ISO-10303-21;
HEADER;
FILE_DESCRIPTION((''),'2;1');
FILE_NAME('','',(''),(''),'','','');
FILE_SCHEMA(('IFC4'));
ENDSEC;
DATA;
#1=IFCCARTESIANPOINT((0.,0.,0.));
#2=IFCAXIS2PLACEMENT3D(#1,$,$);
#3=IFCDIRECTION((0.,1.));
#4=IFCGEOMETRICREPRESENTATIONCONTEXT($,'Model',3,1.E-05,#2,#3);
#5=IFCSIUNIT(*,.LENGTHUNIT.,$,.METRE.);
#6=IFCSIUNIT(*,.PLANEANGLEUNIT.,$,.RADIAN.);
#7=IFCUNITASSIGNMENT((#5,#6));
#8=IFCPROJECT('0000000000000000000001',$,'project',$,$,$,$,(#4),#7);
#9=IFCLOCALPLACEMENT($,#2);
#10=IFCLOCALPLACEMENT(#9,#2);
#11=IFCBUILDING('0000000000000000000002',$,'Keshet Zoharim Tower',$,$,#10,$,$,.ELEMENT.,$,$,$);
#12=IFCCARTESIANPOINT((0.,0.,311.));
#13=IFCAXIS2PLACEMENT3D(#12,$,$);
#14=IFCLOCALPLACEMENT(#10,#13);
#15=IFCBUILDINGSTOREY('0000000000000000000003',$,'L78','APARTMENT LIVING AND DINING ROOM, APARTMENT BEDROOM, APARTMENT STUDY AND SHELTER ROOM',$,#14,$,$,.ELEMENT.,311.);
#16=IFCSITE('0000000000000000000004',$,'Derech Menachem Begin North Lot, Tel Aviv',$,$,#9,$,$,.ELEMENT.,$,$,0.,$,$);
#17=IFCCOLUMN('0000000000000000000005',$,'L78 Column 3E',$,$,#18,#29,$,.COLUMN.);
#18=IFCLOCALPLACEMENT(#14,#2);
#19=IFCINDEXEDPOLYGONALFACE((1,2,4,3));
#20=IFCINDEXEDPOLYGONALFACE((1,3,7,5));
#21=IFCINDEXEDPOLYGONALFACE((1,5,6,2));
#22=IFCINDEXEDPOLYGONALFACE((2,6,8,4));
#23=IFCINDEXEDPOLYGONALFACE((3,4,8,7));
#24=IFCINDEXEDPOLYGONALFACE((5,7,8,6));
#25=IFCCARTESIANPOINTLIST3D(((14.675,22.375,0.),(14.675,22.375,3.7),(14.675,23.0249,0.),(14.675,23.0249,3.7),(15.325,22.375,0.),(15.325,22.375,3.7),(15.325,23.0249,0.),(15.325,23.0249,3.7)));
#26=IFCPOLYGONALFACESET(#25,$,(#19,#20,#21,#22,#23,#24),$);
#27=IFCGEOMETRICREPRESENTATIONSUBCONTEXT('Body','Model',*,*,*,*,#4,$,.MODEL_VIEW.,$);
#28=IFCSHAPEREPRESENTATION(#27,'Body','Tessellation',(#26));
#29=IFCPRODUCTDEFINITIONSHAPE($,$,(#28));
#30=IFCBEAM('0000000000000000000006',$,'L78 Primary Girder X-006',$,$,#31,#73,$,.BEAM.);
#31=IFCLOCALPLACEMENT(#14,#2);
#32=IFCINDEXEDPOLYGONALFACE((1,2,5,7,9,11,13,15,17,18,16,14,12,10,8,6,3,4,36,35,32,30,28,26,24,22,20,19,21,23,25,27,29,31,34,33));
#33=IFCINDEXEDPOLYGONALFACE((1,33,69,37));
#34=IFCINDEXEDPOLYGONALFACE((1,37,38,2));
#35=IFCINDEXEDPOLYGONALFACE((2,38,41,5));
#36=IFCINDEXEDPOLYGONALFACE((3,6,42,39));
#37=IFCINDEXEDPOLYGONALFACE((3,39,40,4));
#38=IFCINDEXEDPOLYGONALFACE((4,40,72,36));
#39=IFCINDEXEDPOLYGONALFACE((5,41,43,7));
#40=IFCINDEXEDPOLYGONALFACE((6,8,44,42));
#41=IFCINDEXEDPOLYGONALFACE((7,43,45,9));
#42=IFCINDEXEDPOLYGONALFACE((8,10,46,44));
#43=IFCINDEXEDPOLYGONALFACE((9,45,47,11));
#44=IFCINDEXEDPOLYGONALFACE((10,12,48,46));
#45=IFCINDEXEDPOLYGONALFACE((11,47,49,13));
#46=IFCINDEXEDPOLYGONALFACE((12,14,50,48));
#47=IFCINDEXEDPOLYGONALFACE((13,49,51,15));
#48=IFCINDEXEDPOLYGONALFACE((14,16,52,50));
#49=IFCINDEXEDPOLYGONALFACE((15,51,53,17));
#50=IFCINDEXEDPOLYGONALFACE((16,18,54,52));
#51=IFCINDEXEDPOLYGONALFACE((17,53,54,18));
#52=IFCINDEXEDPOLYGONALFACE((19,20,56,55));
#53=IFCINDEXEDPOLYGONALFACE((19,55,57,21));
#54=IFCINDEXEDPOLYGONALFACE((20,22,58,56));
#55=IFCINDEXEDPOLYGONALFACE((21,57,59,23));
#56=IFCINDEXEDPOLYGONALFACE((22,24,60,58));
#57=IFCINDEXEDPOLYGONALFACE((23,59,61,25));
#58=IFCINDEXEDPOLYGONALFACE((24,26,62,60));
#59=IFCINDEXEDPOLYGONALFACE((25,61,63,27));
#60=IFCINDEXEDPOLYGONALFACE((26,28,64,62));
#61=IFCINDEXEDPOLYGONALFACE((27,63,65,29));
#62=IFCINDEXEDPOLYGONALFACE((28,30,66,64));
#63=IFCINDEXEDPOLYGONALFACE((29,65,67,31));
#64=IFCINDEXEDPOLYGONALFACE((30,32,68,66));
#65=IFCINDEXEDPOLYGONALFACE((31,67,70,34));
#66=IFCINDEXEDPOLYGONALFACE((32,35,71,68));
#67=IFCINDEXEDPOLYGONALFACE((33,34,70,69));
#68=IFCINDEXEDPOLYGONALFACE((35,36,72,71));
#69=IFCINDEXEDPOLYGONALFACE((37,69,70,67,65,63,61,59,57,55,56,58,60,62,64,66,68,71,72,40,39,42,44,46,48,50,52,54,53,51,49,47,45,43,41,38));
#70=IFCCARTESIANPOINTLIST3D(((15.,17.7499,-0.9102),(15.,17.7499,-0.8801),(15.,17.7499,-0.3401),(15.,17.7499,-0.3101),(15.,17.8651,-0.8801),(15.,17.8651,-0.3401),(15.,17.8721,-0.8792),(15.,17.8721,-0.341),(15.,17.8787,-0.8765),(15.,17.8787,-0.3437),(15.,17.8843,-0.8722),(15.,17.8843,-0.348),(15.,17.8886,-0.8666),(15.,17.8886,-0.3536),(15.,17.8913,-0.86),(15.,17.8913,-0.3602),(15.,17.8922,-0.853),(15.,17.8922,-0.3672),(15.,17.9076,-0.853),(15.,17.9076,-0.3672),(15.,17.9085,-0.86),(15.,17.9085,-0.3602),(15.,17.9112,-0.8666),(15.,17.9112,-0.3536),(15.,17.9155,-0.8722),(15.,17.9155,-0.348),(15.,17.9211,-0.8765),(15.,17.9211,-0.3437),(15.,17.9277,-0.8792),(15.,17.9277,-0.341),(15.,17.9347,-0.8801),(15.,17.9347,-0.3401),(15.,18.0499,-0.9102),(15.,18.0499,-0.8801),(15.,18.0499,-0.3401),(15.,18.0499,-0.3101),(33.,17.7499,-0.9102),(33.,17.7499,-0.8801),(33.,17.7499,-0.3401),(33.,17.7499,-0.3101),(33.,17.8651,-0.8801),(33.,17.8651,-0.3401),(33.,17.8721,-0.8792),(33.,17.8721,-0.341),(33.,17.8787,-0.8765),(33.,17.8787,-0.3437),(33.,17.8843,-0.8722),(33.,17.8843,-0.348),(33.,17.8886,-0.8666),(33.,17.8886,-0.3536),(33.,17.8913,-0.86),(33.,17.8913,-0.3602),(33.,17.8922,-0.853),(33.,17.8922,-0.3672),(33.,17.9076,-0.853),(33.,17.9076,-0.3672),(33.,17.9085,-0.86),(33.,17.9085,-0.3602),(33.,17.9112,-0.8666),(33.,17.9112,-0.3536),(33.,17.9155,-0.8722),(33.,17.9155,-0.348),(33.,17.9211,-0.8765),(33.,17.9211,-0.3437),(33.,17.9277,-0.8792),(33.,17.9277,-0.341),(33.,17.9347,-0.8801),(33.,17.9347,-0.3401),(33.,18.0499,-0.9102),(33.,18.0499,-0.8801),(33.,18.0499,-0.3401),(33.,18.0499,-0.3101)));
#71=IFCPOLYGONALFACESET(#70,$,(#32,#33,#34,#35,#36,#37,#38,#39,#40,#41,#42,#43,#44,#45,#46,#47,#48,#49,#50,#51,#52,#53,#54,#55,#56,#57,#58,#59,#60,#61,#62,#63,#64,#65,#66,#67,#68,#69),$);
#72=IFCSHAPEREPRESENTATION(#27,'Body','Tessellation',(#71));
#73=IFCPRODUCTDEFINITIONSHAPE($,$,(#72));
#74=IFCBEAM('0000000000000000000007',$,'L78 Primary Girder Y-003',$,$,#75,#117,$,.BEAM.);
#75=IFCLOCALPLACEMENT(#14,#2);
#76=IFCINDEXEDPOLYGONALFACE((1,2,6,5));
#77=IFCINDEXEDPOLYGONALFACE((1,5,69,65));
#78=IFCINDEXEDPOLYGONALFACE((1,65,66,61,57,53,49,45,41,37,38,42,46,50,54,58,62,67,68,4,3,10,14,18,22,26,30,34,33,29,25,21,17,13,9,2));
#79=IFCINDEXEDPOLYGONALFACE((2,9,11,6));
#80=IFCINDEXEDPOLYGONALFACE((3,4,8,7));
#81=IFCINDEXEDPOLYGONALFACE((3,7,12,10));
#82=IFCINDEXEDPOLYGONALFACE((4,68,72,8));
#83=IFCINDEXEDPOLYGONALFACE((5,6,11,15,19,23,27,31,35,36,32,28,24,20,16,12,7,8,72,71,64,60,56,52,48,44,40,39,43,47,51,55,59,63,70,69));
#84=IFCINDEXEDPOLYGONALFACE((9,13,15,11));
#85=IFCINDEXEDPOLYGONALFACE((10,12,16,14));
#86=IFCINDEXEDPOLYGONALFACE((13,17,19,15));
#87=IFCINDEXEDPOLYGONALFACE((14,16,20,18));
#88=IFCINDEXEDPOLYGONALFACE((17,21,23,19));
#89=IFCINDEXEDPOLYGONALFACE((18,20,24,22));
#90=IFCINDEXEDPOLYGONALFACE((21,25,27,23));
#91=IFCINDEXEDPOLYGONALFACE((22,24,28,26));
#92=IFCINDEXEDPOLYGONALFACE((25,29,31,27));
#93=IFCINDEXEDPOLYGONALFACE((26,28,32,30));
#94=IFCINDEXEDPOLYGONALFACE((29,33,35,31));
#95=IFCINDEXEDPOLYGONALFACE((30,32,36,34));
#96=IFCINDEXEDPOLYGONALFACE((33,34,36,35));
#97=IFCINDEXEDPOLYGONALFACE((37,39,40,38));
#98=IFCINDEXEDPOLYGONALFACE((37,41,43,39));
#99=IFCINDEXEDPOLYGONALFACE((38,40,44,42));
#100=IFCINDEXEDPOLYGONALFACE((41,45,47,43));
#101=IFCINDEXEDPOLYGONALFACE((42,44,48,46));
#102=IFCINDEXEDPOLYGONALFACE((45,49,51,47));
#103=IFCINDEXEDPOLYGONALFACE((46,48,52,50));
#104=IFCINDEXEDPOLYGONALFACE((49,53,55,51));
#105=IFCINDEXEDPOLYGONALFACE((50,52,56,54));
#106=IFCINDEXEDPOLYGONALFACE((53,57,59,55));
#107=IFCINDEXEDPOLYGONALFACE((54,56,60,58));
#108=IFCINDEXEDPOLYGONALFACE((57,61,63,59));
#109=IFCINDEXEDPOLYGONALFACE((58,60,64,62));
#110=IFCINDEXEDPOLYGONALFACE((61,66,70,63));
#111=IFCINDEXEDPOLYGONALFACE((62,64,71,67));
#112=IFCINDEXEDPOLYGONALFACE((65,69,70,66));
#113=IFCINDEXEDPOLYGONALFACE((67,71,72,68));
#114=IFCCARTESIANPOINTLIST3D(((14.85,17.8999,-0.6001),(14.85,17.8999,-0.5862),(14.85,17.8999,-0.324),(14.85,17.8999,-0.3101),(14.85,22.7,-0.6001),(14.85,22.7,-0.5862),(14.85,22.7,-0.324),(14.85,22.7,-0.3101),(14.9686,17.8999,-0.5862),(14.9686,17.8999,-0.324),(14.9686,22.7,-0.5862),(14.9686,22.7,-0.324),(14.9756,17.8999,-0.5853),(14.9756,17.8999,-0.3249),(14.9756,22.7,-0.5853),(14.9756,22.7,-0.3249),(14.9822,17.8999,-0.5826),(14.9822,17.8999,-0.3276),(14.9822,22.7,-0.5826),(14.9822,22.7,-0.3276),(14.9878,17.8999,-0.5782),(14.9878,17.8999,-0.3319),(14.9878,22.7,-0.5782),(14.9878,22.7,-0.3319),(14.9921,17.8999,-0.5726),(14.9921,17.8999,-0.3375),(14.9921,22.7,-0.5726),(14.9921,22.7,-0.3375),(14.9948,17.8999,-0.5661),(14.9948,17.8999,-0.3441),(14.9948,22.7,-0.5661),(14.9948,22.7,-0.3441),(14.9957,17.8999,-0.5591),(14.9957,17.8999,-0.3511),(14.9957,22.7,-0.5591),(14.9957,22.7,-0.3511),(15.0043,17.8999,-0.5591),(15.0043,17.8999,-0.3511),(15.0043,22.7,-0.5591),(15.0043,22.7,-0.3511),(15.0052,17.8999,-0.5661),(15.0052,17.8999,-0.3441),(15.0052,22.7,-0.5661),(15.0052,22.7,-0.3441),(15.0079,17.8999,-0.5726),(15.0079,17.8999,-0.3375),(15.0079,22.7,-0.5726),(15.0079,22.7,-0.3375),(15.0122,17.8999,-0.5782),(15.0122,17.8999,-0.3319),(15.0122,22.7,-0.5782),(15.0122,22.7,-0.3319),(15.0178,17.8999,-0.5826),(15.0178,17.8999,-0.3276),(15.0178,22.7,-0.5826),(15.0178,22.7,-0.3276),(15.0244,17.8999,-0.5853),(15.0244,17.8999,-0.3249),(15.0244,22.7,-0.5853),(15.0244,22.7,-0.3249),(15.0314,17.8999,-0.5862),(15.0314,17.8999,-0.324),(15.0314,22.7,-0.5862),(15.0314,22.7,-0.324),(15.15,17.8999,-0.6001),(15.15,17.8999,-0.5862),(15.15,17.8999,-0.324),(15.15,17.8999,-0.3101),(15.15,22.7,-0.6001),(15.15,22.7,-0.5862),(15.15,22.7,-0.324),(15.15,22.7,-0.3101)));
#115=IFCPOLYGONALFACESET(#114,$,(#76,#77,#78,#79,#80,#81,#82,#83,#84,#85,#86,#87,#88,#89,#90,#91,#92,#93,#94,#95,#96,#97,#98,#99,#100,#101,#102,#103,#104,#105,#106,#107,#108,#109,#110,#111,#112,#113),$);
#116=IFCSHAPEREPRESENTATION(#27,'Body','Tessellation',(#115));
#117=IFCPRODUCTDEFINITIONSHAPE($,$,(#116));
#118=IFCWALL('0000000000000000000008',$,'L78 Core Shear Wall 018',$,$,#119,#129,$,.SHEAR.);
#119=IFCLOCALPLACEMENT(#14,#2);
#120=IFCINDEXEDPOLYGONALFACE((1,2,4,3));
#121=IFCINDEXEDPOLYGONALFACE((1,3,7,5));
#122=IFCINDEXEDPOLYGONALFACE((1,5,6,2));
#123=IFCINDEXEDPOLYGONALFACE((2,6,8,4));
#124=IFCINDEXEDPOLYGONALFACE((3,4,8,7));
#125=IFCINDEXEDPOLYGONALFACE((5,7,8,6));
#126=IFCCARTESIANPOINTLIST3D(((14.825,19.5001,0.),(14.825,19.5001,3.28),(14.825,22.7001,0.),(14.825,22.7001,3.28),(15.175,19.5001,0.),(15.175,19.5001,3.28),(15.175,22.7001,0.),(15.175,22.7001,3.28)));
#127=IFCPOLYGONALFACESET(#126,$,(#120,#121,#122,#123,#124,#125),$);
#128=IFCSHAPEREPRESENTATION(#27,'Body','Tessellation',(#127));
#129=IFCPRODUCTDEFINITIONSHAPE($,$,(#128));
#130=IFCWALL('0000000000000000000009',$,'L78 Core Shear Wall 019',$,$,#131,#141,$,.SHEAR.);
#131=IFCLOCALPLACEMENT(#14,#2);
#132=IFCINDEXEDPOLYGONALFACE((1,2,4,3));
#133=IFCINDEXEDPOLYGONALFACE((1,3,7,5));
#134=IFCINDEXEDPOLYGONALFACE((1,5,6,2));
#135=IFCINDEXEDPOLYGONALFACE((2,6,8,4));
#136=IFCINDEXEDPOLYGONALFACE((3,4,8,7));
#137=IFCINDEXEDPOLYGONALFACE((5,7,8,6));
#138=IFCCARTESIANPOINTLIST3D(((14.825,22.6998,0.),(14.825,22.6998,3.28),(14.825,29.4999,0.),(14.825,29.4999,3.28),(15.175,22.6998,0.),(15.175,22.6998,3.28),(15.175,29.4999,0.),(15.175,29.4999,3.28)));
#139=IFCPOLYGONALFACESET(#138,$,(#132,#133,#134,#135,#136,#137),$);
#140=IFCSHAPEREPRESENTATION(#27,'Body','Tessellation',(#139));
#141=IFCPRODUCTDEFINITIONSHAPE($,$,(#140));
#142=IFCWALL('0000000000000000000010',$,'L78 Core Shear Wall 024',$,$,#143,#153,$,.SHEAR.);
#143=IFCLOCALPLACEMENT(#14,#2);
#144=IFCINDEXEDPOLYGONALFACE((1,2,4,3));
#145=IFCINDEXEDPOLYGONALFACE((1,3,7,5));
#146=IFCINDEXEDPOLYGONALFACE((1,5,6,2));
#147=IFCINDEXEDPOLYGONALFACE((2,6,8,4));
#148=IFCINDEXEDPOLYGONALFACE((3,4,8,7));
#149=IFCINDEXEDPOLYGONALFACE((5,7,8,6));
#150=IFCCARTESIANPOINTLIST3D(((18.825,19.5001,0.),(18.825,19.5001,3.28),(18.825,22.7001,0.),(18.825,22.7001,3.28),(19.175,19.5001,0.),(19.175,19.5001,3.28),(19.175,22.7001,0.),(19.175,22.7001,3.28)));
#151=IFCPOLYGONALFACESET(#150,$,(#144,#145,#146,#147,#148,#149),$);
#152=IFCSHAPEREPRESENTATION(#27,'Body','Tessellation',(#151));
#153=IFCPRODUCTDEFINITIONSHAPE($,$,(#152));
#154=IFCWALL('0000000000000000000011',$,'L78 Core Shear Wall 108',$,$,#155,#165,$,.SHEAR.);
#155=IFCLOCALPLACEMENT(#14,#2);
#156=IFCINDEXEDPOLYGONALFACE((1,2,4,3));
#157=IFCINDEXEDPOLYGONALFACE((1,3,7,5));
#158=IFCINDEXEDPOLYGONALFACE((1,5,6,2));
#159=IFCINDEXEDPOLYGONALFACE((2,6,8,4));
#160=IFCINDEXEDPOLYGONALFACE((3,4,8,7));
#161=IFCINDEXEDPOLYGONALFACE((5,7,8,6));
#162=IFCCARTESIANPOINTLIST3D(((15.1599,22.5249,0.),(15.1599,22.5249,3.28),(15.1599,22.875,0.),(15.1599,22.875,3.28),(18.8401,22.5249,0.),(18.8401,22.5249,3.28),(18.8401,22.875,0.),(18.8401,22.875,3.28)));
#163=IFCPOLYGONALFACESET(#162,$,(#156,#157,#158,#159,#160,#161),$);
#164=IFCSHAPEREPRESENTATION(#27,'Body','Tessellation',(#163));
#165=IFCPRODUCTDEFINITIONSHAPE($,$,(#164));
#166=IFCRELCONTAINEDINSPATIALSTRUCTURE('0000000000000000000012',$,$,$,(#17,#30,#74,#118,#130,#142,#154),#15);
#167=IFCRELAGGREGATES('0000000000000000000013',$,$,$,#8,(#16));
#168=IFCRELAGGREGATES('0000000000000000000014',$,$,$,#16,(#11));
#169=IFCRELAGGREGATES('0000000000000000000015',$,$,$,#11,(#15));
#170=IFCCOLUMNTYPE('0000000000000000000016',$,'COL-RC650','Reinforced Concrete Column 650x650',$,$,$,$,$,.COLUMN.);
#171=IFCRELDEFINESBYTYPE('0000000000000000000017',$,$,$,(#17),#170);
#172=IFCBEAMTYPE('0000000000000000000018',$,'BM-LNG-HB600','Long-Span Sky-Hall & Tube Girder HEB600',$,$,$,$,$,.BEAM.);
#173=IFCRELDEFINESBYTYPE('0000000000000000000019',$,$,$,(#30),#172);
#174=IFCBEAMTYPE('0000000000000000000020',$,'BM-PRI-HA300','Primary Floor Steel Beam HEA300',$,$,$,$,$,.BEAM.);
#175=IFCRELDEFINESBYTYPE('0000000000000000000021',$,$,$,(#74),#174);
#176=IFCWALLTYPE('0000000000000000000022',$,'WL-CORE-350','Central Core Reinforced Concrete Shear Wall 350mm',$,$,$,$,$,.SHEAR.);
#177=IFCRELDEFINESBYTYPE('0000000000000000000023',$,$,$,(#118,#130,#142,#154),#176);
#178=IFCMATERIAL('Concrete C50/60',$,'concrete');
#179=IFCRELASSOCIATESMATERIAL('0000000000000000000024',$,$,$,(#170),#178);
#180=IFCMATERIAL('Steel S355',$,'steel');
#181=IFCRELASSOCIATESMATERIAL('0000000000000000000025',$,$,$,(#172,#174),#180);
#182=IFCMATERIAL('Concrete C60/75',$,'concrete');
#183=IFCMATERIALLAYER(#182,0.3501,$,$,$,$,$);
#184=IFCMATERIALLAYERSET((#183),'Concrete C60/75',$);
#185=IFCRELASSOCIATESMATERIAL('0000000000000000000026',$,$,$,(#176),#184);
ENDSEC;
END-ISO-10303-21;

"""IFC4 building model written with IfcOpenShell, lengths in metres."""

from ifc_helpers import new_model, si_unit, direction, frame, frame_2d, origin, origin_2d, place, context, subcontext, project, spatial, rectangle, i_section, extrude, material, layer, layer_set, material_profile, profile_set, type_object, element, save


model = new_model("IFC4")

# Units and contexts
model_context = context("Model", 3, precision=1e-05, world=origin(), true_north=direction((0.0, 1.0)))
body_context = subcontext(model_context, "Body", "Model", "MODEL_VIEW")
ifc_project = project(units=[si_unit("LENGTHUNIT", "METRE"), si_unit("PLANEANGLEUNIT", "RADIAN")], contexts=[model_context])

# Site, building, storey
site_placement = place(None, origin())
site = spatial("IfcSite", under=ifc_project, at=site_placement, Name="Derech Menachem Begin North Lot, Tel Aviv", CompositionType="ELEMENT", RefElevation=0.0)
building_placement = place(site_placement, origin())
building = spatial("IfcBuilding", under=site, at=building_placement, Name="Keshet Zoharim Tower", CompositionType="ELEMENT")
storey_placement = place(building_placement, frame((0.0, 0.0, 311.0)))
storey = spatial("IfcBuildingStorey", under=building, at=storey_placement, Name="L78", Description="APARTMENT LIVING AND DINING ROOM, APARTMENT BEDROOM, APARTMENT STUDY AND SHELTER ROOM", CompositionType="ELEMENT", Elevation=311.0)

# Column
ifc_material_1 = material(Name="Concrete C50/60", Category="concrete")
ifc_material_profile_1 = material_profile(ifc_material_1, rectangle(XDim=0.6499, YDim=0.6499, at=origin_2d()), Name="RC650x650")
ifc_profile_set_1 = profile_set([ifc_material_profile_1], Name="Concrete C50/60")
column_type = type_object("IfcColumnType", Name="COL-RC650", Description="Reinforced Concrete Column 650x650", PredefinedType="COLUMN", material=ifc_profile_set_1)
column_placement = place(storey_placement, frame((15.0, 22.7, 0.0), z_axis=(0.0, 0.0, 1.0), x_axis=(1.0, 0.0, 0.0)))
element("IfcColumn", 1, at=column_placement, inside=storey, type_object=column_type, Name="L78 Column 3E", PredefinedType="COLUMN", context=body_context, shape_type="SweptSolid", body=[
    extrude(rectangle(XDim=0.6499, YDim=0.6499, at=origin_2d()), origin(), (0.0, 0.0, 1.0), 3.7),
])

# Beams
ifc_material_2 = material(Name="Steel S355", Category="steel")
ifc_material_profile_2 = material_profile(ifc_material_2, i_section(OverallWidth=0.3, OverallDepth=0.6001, WebThickness=0.0154, FlangeThickness=0.03, FilletRadius=0.0271, at=origin_2d()), Name="HEB600")
ifc_profile_set_2 = profile_set([ifc_material_profile_2], Name="Steel S355")
beam_type_1 = type_object("IfcBeamType", Name="BM-LNG-HB600", Description="Long-Span Sky-Hall & Tube Girder HEB600", PredefinedType="BEAM", material=ifc_profile_set_2)
beam_1_placement = place(storey_placement, frame((15.0, 17.8999, -0.6101), z_axis=(1.0, 0.0, 0.0), x_axis=(0.0, 1.0, 0.0)))
element("IfcBeam", 2, at=beam_1_placement, inside=storey, type_object=beam_type_1, Name="L78 Primary Girder X-006", PredefinedType="BEAM", context=body_context, shape_type="SweptSolid", body=[
    extrude(i_section(OverallWidth=0.3, OverallDepth=0.6001, WebThickness=0.0154, FlangeThickness=0.03, FilletRadius=0.0271, at=origin_2d()), origin(), (0.0, 0.0, 1.0), 18.0),
])
ifc_material_profile_3 = material_profile(ifc_material_2, i_section(OverallWidth=0.3, OverallDepth=0.29, WebThickness=0.0085, FlangeThickness=0.0139, FilletRadius=0.0271, at=origin_2d()), Name="HEA300")
ifc_profile_set_3 = profile_set([ifc_material_profile_3], Name="Steel S355")
beam_type_2 = type_object("IfcBeamType", Name="BM-PRI-HA300", Description="Primary Floor Steel Beam HEA300", PredefinedType="BEAM", material=ifc_profile_set_3)
beam_2_placement = place(storey_placement, frame((15.0, 17.8999, -0.4551), z_axis=(0.0, 1.0, 0.0), x_axis=(-1.0, 0.0, 0.0)))
element("IfcBeam", 3, at=beam_2_placement, inside=storey, type_object=beam_type_2, Name="L78 Primary Girder Y-003", PredefinedType="BEAM", context=body_context, shape_type="SweptSolid", body=[
    extrude(i_section(OverallWidth=0.3, OverallDepth=0.29, WebThickness=0.0085, FlangeThickness=0.0139, FilletRadius=0.0271, at=origin_2d()), origin(), (0.0, 0.0, 1.0), 4.8),
])

# Walls
ifc_material_3 = material(Name="Concrete C60/75", Category="concrete")
ifc_layer_1 = layer(ifc_material_3, 0.3501)
ifc_layer_set_1 = layer_set([ifc_layer_1], Name="Concrete C60/75")
wall_type_1 = type_object("IfcWallType", Name="WL-CORE-350", Description="Central Core Reinforced Concrete Shear Wall 350mm", PredefinedType="SHEAR", material=ifc_layer_set_1)
wall_1_placement = place(storey_placement, frame((15.0, 19.5, 0.0), z_axis=(0.0, 0.0, 1.0), x_axis=(0.0, 1.0, 0.0)))
element("IfcWall", 4, at=wall_1_placement, inside=storey, type_object=wall_type_1, Name="L78 Core Shear Wall 018", PredefinedType="SHEAR", context=body_context, shape_type="SweptSolid", body=[
    extrude(rectangle(XDim=3.2, YDim=0.3501, at=frame_2d((1.6001, 0.0))), origin(), (0.0, 0.0, 1.0), 3.28),
])
wall_2_placement = place(storey_placement, frame((15.0, 22.7, 0.0), z_axis=(0.0, 0.0, 1.0), x_axis=(0.0, 1.0, 0.0)))
element("IfcWall", 5, at=wall_2_placement, inside=storey, type_object=wall_type_1, Name="L78 Core Shear Wall 019", PredefinedType="SHEAR", context=body_context, shape_type="SweptSolid", body=[
    extrude(rectangle(XDim=6.8, YDim=0.3501, at=frame_2d((3.3999, 0.0))), origin(), (0.0, 0.0, 1.0), 3.28),
])
wall_3_placement = place(storey_placement, frame((19.0, 19.5, 0.0), z_axis=(0.0, 0.0, 1.0), x_axis=(0.0, 1.0, 0.0)))
element("IfcWall", 6, at=wall_3_placement, inside=storey, type_object=wall_type_1, Name="L78 Core Shear Wall 024", PredefinedType="SHEAR", context=body_context, shape_type="SweptSolid", body=[
    extrude(rectangle(XDim=3.2, YDim=0.3501, at=frame_2d((1.6001, 0.0))), origin(), (0.0, 0.0, 1.0), 3.28),
])

# Wall
wall_4_placement = place(storey_placement, frame((15.1599, 22.7, 0.0), z_axis=(0.0, 0.0, 1.0), x_axis=(1.0, 0.0, 0.0)))
element("IfcWall", 7, at=wall_4_placement, inside=storey, type_object=wall_type_1, Name="L78 Core Shear Wall 108", PredefinedType="SHEAR", context=body_context, shape_type="SweptSolid", body=[
    extrude(rectangle(XDim=3.6802, YDim=0.3501, at=frame_2d((1.8401, 0.0))), origin(), (0.0, 0.0, 1.0), 3.28),
])

save(model, "model.ifc")
